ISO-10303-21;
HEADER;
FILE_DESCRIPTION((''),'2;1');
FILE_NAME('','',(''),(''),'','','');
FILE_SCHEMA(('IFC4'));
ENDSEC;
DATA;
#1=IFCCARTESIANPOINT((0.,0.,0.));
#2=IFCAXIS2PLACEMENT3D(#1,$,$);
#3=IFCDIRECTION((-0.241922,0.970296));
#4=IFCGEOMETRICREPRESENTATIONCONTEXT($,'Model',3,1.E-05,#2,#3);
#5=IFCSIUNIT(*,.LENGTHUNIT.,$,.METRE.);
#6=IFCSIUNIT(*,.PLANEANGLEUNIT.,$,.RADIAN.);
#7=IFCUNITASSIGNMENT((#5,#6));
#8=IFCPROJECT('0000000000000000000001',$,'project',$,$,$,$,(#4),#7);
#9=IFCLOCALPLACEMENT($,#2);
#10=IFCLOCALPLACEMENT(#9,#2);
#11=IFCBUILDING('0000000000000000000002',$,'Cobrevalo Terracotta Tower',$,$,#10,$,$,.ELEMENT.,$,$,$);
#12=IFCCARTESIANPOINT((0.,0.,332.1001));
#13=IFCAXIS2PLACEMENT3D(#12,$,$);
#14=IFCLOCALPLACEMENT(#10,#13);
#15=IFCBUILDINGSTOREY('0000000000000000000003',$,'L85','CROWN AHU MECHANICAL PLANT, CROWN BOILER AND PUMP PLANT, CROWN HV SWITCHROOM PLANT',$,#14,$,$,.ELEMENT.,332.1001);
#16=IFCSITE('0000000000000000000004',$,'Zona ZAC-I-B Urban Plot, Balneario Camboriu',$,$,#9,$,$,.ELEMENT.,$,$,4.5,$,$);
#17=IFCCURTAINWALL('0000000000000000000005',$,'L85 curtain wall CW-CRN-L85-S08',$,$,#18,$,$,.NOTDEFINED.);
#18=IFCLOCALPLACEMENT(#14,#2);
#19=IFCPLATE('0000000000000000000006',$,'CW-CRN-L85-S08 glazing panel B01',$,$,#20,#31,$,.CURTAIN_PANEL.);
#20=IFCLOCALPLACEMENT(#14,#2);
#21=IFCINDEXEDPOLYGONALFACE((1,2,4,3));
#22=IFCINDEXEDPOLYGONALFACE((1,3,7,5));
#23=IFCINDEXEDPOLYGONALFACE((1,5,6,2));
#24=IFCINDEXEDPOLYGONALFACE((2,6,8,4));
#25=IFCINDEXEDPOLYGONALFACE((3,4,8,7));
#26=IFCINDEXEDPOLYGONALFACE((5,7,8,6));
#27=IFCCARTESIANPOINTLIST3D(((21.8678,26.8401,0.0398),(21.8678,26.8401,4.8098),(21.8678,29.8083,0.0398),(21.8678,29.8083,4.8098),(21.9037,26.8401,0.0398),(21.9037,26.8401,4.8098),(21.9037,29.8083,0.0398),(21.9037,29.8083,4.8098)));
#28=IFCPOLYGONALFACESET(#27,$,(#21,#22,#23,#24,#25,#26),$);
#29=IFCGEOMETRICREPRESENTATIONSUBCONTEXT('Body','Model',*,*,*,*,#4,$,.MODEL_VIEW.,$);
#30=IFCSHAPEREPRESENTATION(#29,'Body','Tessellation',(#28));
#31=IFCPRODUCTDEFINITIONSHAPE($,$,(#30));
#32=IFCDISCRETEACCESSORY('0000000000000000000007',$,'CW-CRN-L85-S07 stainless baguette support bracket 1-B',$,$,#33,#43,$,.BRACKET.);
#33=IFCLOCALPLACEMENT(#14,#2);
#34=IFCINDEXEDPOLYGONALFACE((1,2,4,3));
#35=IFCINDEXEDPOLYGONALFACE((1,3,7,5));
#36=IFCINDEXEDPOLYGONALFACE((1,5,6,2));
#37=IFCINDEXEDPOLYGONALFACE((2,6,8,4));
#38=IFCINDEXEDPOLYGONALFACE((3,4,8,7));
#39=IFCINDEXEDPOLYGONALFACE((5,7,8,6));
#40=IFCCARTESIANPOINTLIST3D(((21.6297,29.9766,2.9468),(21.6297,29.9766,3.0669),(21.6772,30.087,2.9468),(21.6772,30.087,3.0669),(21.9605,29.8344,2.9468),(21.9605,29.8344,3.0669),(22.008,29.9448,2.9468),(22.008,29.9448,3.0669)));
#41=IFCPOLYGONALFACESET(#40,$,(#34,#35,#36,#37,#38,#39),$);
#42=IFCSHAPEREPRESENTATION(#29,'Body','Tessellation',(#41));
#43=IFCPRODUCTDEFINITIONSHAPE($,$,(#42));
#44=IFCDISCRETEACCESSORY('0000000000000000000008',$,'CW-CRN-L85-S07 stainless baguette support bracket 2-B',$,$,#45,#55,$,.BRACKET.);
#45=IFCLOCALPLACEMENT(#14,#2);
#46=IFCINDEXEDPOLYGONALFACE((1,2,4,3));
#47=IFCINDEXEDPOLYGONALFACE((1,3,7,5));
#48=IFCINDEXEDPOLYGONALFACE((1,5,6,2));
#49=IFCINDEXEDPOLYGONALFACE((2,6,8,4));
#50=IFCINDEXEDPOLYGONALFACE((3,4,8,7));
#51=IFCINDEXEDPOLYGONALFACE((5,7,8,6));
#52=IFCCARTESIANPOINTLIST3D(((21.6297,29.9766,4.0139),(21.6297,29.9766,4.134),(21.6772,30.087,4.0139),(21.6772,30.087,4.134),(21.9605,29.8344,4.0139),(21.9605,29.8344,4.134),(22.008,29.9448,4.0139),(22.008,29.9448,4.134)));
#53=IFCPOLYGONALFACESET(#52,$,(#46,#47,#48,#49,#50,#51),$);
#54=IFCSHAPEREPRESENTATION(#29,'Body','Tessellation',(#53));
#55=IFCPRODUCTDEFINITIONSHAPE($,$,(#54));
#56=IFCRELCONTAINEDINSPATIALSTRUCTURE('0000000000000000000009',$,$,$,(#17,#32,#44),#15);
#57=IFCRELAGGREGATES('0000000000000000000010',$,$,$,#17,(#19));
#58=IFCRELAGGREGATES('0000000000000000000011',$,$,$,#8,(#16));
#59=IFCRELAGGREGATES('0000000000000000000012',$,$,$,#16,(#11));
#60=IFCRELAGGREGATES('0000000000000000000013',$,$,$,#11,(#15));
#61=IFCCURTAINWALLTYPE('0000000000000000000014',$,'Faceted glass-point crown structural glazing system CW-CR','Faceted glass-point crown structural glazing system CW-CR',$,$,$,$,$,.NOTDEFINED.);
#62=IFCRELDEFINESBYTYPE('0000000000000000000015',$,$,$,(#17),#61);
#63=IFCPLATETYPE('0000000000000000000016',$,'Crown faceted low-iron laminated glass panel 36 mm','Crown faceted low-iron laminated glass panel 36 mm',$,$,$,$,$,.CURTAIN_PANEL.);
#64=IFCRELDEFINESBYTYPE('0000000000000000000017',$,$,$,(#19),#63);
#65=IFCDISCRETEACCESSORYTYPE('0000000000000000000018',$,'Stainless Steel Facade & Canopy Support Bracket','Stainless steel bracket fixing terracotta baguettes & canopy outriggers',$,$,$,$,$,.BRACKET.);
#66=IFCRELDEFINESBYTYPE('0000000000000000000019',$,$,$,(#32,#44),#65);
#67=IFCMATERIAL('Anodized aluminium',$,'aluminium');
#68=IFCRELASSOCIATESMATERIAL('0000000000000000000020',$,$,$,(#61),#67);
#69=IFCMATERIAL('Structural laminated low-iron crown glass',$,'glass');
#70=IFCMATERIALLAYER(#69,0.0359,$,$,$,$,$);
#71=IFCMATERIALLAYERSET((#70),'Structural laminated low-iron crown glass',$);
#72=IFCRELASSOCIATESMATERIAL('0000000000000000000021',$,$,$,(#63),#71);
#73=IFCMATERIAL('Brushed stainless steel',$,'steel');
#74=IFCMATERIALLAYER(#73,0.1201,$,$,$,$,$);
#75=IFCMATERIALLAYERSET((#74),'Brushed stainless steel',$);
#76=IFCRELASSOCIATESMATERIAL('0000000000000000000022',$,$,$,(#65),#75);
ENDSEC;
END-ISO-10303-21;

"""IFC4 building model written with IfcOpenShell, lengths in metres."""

from ifc_helpers import new_model, si_unit, direction, frame, origin, origin_2d, place, context, subcontext, project, spatial, rectangle, extrude, source, transform, mapped, material, layer, layer_set, type_object, element, aggregate, save


model = new_model("IFC4")

# Units and contexts
model_context = context("Model", 3, precision=1e-05, world=origin(), true_north=direction((-0.241922, 0.970296)))
body_context = subcontext(model_context, "Body", "Model", "MODEL_VIEW")
ifc_project = project(units=[si_unit("LENGTHUNIT", "METRE"), si_unit("PLANEANGLEUNIT", "RADIAN")], contexts=[model_context])

# Site, building, storey
site_placement = place(None, origin())
site = spatial("IfcSite", under=ifc_project, at=site_placement, Name="Zona ZAC-I-B Urban Plot, Balneario Camboriu", CompositionType="ELEMENT", RefElevation=4.5)
building_placement = place(site_placement, origin())
building = spatial("IfcBuilding", under=site, at=building_placement, Name="Cobrevalo Terracotta Tower", CompositionType="ELEMENT")
storey_placement = place(building_placement, frame((0.0, 0.0, 332.1001)))
storey = spatial("IfcBuildingStorey", under=building, at=storey_placement, Name="L85", Description="CROWN AHU MECHANICAL PLANT, CROWN BOILER AND PUMP PLANT, CROWN HV SWITCHROOM PLANT", CompositionType="ELEMENT", Elevation=332.1001)

# Curtain wall
ifc_material_1 = material(Name="Anodized aluminium", Category="aluminium")
curtain_wall_type = type_object("IfcCurtainWallType", Name="Faceted glass-point crown structural glazing system CW-CR", Description="Faceted glass-point crown structural glazing system CW-CR", PredefinedType="NOTDEFINED", material=ifc_material_1)
curtain_wall_1_placement = place(storey_placement, origin())
curtain_wall_1 = element("IfcCurtainWall", 1, at=curtain_wall_1_placement, inside=storey, type_object=curtain_wall_type, Name="L85 curtain wall CW-CRN-L85-S08", PredefinedType="NOTDEFINED")

# Plate
ifc_material_2 = material(Name="Structural laminated low-iron crown glass", Category="glass")
ifc_layer_1 = layer(ifc_material_2, 0.0359)
ifc_layer_set_1 = layer_set([ifc_layer_1], Name="Structural laminated low-iron crown glass")
plate_type_1 = type_object("IfcPlateType", Name="Crown faceted low-iron laminated glass panel 36 mm", Description="Crown faceted low-iron laminated glass panel 36 mm", PredefinedType="CURTAIN_PANEL", material=ifc_layer_set_1)
shared_shape_1 = source(origin(), body_context, "Body", "SweptSolid", [
    extrude(rectangle(XDim=2.9683, YDim=0.0359, at=origin_2d()), origin(), (0.0, 0.0, 1.0), 4.77),
])
plate_1_placement = place(storey_placement, frame((21.8857, 28.3242, 0.0398), z_axis=(0.0, 0.0, 1.0), x_axis=(0.0, -1.0, 0.0)))
plate_1 = element("IfcPlate", 2, at=plate_1_placement, type_object=plate_type_1, Name="CW-CRN-L85-S08 glazing panel B01", PredefinedType="CURTAIN_PANEL", context=body_context, shape_type="MappedRepresentation", body=[
    mapped(shared_shape_1, transform((0.0, 0.0, 0.0), scale=1.0)),
])
aggregate(curtain_wall_1, [plate_1])

# Discrete accessories
ifc_material_3 = material(Name="Brushed stainless steel", Category="steel")
ifc_layer_2 = layer(ifc_material_3, 0.1201)
ifc_layer_set_2 = layer_set([ifc_layer_2], Name="Brushed stainless steel")
discrete_accessory_type = type_object("IfcDiscreteAccessoryType", Name="Stainless Steel Facade & Canopy Support Bracket", Description="Stainless steel bracket fixing terracotta baguettes & canopy outriggers", PredefinedType="BRACKET", material=ifc_layer_set_2)
shared_shape_2 = source(origin(), body_context, "Body", "SweptSolid", [
    extrude(rectangle(XDim=0.1201, YDim=0.3601, at=origin_2d()), origin(), (0.0, 0.0, 1.0), 0.1201),
])
for number, where, z_axis, x_axis, name in (
    (3, (21.8188, 29.9607, 2.9468), (0.0, 0.0, 1.0), (-0.39496, -0.918698, 0.0), "CW-CRN-L85-S07 stainless baguette support bracket 1-B"),
    (4, (21.8188, 29.9607, 4.0139), (0.0, 0.0, 1.0), (-0.39496, -0.918698, 0.0), "CW-CRN-L85-S07 stainless baguette support bracket 2-B"),
):
    element("IfcDiscreteAccessory", number, at=place(storey_placement, frame(where, z_axis=z_axis, x_axis=x_axis)), inside=storey, type_object=discrete_accessory_type, Name=name, PredefinedType="BRACKET", context=body_context, shape_type="MappedRepresentation", body=[
        mapped(shared_shape_2, transform((0.0, 0.0, 0.0), scale=1.0)),
    ])

save(model, "model.ifc")
